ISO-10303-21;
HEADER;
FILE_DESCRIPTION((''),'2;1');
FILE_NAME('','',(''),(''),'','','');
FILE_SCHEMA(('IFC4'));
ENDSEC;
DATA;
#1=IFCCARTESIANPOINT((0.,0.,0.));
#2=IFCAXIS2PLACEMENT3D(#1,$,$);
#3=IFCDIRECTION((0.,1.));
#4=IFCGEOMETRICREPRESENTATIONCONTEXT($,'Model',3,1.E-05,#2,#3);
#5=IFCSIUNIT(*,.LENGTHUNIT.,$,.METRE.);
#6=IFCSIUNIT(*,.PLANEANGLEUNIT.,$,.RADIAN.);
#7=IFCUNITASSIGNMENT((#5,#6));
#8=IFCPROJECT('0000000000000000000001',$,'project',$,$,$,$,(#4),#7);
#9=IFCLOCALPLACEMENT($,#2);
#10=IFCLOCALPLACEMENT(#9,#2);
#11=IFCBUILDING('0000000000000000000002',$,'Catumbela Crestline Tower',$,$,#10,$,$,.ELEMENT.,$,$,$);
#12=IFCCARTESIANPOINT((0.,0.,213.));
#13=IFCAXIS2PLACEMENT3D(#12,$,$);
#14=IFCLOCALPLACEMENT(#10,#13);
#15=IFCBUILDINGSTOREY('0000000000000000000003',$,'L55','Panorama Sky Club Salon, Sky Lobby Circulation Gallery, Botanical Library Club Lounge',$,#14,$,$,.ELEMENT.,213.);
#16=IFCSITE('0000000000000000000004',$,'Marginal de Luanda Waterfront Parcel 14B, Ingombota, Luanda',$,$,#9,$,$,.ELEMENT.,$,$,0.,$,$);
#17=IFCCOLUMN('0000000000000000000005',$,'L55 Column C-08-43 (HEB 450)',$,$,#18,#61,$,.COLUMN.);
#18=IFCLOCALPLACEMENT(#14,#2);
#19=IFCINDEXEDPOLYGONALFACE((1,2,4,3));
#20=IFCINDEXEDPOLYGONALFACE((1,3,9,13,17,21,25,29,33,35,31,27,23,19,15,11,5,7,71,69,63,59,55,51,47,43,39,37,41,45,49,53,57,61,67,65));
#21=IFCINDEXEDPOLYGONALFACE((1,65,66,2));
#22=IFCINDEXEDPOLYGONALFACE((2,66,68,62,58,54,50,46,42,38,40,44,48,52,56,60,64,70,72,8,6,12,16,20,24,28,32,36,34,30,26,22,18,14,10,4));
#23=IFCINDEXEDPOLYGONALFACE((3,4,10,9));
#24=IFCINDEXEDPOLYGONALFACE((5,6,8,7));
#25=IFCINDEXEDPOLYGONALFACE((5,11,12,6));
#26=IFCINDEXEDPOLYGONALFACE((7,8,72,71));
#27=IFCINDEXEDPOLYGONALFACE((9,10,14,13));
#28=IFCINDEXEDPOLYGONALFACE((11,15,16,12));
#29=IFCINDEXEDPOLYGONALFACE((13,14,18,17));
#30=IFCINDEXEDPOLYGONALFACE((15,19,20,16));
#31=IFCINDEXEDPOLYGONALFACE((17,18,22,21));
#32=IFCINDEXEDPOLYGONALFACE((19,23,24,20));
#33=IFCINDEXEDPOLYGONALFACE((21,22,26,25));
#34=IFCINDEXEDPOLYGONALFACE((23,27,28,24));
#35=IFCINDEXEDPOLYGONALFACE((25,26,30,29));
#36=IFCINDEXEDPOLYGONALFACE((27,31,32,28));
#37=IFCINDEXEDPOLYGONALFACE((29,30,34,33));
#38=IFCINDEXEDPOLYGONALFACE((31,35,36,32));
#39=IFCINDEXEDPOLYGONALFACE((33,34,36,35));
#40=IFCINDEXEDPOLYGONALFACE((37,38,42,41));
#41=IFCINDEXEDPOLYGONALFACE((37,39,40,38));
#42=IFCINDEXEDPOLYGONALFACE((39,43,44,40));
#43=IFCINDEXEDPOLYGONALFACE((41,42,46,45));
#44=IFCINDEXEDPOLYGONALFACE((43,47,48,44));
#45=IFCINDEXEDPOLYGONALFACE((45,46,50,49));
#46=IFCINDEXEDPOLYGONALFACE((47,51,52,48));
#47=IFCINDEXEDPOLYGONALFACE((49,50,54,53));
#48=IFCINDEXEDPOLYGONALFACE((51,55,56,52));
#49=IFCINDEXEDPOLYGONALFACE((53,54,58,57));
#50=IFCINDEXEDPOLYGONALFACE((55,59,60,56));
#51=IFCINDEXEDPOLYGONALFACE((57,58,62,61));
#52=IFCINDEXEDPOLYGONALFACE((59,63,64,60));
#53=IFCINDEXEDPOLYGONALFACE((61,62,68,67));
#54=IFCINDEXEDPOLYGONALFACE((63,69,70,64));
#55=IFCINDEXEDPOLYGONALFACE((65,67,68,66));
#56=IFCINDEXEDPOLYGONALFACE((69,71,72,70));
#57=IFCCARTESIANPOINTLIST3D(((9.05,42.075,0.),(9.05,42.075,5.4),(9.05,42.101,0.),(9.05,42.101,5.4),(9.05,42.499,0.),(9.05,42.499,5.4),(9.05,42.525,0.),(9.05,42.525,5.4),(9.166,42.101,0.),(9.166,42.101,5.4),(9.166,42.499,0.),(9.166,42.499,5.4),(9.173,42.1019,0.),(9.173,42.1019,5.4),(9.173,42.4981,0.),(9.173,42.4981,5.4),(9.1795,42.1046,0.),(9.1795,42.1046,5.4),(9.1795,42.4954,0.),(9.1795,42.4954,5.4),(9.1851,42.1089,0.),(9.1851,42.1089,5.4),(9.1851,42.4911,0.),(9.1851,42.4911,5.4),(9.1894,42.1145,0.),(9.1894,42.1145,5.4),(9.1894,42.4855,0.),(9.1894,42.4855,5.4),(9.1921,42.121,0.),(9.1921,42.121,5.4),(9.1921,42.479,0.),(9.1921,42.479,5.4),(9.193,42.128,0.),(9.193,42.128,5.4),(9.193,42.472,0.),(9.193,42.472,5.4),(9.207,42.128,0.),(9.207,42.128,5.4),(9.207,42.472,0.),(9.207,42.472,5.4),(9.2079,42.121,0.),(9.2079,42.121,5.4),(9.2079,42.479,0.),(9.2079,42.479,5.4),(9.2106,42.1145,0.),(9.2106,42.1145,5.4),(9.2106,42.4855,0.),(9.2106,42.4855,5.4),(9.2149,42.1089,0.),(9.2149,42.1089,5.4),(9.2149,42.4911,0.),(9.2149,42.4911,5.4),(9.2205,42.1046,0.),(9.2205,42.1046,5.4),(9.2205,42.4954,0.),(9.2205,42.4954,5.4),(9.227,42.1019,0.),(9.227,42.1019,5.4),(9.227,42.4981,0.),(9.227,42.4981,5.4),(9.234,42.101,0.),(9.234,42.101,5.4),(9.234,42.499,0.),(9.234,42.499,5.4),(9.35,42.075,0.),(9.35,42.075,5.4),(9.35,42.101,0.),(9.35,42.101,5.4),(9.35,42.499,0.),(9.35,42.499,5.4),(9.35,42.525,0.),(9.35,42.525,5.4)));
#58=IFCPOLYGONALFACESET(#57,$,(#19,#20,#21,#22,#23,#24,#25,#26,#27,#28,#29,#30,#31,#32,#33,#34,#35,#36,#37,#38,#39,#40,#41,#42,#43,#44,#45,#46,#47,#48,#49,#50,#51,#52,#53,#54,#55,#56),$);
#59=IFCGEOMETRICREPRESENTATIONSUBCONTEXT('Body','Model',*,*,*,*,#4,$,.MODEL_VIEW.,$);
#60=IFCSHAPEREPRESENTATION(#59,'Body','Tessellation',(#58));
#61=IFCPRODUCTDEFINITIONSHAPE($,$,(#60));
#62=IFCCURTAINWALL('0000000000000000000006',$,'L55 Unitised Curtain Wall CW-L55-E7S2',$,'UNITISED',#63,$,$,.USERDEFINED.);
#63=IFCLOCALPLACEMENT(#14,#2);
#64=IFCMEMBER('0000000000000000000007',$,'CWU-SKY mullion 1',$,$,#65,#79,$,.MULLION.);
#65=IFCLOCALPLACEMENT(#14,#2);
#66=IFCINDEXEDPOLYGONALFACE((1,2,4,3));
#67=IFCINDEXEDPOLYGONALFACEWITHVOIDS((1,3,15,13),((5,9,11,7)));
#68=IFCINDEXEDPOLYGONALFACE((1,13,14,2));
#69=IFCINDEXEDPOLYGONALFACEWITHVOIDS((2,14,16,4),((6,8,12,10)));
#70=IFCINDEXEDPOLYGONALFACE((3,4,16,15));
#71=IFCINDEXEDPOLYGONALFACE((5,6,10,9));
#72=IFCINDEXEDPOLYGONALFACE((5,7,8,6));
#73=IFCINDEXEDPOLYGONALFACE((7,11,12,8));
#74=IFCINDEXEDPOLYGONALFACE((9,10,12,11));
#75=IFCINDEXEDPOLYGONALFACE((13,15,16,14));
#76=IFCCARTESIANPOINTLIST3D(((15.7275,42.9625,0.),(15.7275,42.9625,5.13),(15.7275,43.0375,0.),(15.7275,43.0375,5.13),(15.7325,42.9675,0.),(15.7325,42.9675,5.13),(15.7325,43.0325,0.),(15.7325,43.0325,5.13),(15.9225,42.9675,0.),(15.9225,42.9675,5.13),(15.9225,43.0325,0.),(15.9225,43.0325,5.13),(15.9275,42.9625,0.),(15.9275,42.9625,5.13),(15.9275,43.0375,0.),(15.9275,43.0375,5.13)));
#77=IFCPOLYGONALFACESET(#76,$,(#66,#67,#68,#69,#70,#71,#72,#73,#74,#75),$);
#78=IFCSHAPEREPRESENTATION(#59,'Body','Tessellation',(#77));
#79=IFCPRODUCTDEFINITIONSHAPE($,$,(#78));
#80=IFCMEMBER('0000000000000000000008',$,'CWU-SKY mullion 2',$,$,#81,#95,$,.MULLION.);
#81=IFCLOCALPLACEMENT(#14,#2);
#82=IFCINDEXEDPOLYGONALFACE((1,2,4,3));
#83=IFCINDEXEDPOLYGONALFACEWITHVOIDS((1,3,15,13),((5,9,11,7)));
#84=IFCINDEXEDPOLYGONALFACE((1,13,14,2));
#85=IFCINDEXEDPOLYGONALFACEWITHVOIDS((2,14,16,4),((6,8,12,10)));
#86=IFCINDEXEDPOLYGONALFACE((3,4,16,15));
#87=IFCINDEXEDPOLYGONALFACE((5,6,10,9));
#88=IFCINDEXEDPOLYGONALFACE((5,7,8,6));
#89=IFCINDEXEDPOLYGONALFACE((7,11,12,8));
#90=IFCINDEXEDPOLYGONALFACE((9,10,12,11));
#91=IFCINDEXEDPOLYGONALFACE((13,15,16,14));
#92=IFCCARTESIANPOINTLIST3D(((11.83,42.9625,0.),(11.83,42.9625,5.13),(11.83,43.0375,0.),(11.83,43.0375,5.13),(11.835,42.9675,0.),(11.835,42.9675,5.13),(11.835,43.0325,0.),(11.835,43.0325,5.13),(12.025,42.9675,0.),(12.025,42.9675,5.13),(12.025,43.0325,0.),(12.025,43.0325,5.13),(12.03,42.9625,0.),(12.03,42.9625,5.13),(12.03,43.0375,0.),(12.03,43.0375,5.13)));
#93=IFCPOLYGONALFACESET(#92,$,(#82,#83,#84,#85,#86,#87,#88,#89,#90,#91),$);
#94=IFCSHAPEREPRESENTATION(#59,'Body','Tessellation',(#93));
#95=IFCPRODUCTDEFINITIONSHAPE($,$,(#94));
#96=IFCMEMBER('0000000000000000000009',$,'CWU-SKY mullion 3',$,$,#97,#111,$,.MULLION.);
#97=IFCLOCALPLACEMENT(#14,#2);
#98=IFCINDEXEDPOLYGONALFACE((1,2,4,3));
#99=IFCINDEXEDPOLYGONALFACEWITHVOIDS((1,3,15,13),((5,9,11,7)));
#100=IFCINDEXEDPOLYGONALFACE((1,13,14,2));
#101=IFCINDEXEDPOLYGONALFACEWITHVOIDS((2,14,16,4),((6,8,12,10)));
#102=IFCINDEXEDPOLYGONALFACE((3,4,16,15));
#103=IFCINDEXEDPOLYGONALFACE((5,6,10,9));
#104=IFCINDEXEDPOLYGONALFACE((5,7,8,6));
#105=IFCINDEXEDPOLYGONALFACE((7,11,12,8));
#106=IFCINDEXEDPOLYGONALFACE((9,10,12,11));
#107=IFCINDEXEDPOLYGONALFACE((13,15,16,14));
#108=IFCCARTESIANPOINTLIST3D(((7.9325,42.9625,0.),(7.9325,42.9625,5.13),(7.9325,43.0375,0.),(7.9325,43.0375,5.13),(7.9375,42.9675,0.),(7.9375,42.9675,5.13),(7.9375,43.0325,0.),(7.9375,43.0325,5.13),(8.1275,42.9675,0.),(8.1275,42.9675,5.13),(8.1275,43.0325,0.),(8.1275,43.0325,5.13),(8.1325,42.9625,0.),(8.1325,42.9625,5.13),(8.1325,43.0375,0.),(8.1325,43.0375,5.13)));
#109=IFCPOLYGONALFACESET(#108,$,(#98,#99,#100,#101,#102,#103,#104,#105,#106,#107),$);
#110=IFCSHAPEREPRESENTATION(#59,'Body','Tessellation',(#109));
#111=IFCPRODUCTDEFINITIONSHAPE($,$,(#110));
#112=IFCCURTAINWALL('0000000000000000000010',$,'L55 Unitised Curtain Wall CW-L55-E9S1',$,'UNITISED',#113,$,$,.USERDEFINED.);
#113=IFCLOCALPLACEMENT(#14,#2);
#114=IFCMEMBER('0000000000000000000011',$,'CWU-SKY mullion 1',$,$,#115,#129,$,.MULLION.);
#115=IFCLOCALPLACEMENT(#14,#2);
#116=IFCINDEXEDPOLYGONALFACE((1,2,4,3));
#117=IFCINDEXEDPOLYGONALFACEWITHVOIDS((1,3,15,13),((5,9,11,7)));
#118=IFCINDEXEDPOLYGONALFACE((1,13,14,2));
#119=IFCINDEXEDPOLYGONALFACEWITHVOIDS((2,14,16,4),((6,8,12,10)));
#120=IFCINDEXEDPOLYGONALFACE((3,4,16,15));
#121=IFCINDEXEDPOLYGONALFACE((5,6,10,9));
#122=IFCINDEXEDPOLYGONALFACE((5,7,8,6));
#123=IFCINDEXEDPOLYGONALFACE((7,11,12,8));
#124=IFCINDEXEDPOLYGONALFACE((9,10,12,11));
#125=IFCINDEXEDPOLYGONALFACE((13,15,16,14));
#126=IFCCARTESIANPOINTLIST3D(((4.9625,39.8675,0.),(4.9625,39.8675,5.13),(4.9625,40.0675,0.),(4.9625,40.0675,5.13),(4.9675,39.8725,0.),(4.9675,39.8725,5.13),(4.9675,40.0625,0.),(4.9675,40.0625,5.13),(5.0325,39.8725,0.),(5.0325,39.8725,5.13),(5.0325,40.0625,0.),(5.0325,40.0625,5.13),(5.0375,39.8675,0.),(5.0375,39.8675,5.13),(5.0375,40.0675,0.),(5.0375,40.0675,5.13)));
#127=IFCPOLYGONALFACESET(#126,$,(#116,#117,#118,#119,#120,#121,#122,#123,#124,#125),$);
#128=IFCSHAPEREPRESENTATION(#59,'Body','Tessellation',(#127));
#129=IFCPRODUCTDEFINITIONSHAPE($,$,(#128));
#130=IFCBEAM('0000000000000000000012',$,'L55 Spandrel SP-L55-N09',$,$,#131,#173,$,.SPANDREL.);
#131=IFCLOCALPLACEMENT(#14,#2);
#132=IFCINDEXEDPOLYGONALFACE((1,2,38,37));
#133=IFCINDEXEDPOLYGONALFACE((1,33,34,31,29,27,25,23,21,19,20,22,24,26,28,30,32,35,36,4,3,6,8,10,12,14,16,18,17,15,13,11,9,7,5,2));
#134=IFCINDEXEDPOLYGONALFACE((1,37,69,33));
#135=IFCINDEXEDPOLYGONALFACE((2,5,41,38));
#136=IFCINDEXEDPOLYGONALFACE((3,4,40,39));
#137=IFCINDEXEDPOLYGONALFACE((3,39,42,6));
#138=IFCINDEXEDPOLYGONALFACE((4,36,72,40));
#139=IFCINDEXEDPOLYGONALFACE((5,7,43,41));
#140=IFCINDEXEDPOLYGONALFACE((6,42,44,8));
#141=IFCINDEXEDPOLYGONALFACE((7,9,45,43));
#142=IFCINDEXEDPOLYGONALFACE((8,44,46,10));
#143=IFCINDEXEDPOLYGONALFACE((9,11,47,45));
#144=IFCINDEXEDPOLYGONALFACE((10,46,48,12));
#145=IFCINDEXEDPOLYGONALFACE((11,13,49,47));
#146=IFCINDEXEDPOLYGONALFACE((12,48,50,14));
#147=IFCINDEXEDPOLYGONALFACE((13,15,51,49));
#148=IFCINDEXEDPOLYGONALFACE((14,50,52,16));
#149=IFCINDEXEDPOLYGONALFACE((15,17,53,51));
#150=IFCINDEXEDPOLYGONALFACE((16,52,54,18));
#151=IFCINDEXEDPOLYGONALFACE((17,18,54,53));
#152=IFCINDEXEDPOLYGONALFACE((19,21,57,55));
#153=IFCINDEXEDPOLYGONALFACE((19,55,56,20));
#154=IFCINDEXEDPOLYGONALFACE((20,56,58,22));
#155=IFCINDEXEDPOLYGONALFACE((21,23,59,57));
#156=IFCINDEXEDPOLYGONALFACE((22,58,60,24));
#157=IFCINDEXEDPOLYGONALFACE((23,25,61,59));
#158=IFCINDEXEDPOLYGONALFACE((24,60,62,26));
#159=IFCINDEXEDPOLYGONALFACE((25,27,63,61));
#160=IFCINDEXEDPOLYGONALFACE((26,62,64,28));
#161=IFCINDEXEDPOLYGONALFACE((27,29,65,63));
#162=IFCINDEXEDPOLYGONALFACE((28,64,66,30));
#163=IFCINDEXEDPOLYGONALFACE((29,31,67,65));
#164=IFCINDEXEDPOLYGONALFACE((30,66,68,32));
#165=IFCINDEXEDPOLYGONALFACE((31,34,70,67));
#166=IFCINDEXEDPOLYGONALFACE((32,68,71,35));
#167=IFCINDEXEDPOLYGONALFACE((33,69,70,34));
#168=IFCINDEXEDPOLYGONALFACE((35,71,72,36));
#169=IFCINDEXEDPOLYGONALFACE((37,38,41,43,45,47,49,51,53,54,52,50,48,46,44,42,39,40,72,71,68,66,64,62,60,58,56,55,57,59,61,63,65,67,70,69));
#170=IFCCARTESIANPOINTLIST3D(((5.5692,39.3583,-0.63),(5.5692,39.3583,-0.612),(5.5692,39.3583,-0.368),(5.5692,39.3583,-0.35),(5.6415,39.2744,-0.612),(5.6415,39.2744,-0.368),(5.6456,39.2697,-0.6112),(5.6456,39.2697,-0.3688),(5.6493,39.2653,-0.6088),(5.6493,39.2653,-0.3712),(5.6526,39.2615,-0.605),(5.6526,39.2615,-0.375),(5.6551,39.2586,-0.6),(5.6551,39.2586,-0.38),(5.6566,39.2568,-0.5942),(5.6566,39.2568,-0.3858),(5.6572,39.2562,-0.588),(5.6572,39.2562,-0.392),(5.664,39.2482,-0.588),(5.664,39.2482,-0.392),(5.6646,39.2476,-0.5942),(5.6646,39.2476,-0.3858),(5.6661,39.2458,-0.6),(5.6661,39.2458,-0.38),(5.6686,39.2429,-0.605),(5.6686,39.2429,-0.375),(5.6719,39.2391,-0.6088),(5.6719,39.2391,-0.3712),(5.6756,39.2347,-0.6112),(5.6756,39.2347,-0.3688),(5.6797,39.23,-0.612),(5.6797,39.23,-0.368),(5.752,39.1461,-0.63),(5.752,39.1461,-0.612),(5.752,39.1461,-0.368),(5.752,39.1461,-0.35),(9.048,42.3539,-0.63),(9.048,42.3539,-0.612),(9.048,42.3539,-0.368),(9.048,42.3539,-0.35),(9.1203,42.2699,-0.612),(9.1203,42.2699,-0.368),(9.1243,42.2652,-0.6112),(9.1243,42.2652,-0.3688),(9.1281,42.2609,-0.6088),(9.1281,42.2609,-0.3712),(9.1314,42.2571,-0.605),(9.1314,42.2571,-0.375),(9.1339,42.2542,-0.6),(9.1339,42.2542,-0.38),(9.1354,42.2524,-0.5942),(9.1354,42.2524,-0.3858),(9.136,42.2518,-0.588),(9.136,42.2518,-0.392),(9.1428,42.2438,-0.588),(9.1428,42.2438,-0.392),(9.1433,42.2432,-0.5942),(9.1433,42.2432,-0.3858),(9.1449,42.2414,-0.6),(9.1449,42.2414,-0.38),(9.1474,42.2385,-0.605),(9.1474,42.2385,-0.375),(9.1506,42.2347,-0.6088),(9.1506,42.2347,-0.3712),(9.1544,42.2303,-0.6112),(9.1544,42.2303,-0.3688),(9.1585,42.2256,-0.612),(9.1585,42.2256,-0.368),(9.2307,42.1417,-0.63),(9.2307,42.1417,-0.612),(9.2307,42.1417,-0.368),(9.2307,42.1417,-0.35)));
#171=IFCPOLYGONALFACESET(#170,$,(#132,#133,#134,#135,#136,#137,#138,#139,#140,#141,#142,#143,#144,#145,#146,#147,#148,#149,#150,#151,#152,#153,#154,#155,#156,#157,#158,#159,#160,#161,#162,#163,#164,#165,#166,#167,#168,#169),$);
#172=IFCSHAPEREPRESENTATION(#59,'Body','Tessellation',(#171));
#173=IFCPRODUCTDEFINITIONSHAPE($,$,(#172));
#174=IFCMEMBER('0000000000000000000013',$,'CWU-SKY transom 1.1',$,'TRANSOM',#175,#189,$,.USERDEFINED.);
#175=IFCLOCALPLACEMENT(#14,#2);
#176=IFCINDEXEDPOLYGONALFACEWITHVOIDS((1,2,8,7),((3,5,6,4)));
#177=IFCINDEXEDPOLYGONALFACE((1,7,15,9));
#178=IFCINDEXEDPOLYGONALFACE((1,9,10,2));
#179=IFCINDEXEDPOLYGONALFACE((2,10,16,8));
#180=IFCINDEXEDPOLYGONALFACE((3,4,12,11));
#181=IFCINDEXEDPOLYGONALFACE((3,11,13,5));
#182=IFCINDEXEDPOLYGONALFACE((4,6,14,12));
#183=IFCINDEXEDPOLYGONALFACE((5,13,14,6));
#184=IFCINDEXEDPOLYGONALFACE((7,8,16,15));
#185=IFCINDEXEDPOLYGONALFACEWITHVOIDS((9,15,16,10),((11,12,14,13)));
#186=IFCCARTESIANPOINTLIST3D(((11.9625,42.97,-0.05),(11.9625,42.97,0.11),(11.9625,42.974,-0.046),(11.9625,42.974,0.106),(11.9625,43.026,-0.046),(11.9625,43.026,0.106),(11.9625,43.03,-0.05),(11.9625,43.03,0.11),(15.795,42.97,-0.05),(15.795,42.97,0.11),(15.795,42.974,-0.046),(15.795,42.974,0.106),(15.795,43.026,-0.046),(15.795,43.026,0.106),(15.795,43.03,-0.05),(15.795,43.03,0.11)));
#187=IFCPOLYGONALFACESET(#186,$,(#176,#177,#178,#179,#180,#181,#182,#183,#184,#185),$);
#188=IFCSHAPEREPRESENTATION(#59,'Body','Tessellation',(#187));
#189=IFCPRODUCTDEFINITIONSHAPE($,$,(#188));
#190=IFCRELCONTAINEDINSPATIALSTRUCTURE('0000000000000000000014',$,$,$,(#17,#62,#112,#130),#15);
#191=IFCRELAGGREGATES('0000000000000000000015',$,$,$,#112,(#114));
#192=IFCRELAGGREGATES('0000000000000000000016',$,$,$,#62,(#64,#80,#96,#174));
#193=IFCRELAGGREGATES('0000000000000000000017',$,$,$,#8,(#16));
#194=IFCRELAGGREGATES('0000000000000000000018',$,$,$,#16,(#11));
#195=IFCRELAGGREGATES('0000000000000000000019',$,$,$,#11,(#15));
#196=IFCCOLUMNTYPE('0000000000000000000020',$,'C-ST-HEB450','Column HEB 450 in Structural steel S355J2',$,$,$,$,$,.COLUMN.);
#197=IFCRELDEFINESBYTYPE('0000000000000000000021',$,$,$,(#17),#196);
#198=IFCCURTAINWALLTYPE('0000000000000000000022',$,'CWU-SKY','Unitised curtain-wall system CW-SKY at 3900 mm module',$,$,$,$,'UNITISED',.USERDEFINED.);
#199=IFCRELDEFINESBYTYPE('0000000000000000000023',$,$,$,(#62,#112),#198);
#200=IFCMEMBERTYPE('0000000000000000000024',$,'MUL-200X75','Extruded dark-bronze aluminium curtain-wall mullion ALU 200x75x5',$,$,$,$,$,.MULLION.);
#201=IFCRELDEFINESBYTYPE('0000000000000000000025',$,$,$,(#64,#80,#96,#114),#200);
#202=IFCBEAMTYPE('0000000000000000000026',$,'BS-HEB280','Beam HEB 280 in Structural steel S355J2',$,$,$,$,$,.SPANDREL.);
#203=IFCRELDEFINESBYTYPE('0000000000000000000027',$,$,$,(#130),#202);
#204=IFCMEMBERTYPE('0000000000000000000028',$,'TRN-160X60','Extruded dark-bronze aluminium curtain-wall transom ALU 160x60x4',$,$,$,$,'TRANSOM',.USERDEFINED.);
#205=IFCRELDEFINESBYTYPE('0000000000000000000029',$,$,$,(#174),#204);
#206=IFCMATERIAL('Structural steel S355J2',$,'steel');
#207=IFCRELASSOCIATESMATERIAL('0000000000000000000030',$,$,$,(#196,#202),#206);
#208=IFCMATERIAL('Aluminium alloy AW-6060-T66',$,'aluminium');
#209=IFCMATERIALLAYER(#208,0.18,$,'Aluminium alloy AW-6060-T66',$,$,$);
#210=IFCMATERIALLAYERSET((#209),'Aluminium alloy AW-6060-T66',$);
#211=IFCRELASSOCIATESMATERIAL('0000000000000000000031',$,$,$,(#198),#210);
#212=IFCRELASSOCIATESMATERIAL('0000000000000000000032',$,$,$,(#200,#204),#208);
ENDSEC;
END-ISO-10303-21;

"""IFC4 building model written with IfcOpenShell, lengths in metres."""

from ifc_helpers import new_model, si_unit, direction, frame, origin, origin_2d, place, context, subcontext, project, spatial, hollow_rectangle, i_section, extrude, material, layer, layer_set, material_profile, profile_set, type_object, element, aggregate, save


model = new_model("IFC4")

# Units and contexts
model_context = context("Model", 3, precision=1e-05, world=origin(), true_north=direction((0.0, 1.0)))
body_context = subcontext(model_context, "Body", "Model", "MODEL_VIEW")
ifc_project = project(units=[si_unit("LENGTHUNIT", "METRE"), si_unit("PLANEANGLEUNIT", "RADIAN")], contexts=[model_context])

# Site, building, storey
site_placement = place(None, origin())
site = spatial("IfcSite", under=ifc_project, at=site_placement, Name="Marginal de Luanda Waterfront Parcel 14B, Ingombota, Luanda", CompositionType="ELEMENT", RefElevation=0.0)
building_placement = place(site_placement, origin())
building = spatial("IfcBuilding", under=site, at=building_placement, Name="Catumbela Crestline Tower", CompositionType="ELEMENT")
storey_placement = place(building_placement, frame((0.0, 0.0, 213.0)))
storey = spatial("IfcBuildingStorey", under=building, at=storey_placement, Name="L55", Description="Panorama Sky Club Salon, Sky Lobby Circulation Gallery, Botanical Library Club Lounge", CompositionType="ELEMENT", Elevation=213.0)

# Column
ifc_material_1 = material(Name="Structural steel S355J2", Category="steel")
ifc_material_profile_1 = material_profile(ifc_material_1, i_section(OverallWidth=0.3, OverallDepth=0.45, WebThickness=0.014, FlangeThickness=0.026, FilletRadius=0.027, at=origin_2d()), Name="HEB 450")
ifc_profile_set_1 = profile_set([ifc_material_profile_1], Name="Structural steel S355J2")
column_type = type_object("IfcColumnType", Name="C-ST-HEB450", Description="Column HEB 450 in Structural steel S355J2", PredefinedType="COLUMN", material=ifc_profile_set_1)
column_placement = place(storey_placement, frame((9.2, 42.3, 0.0), z_axis=(0.0, 0.0, 1.0), x_axis=(1.0, 0.0, 0.0)))
element("IfcColumn", 1, at=column_placement, inside=storey, type_object=column_type, Name="L55 Column C-08-43 (HEB 450)", PredefinedType="COLUMN", context=body_context, shape_type="SweptSolid", body=[
    extrude(i_section(OverallWidth=0.3, OverallDepth=0.45, WebThickness=0.014, FlangeThickness=0.026, FilletRadius=0.027, at=origin_2d()), origin(), (0.0, 0.0, 1.0), 5.4),
])

# Curtain wall, members
ifc_material_2 = material(Name="Aluminium alloy AW-6060-T66", Category="aluminium")
ifc_layer_1 = layer(ifc_material_2, 0.18, Name="Aluminium alloy AW-6060-T66")
ifc_layer_set_1 = layer_set([ifc_layer_1], Name="Aluminium alloy AW-6060-T66")
curtain_wall_type = type_object("IfcCurtainWallType", Name="CWU-SKY", Description="Unitised curtain-wall system CW-SKY at 3900 mm module", ElementType="UNITISED", PredefinedType="USERDEFINED", material=ifc_layer_set_1)
curtain_wall_1_placement = place(storey_placement, origin())
curtain_wall_1 = element("IfcCurtainWall", 2, at=curtain_wall_1_placement, inside=storey, type_object=curtain_wall_type, Name="L55 Unitised Curtain Wall CW-L55-E7S2", ObjectType="UNITISED", PredefinedType="USERDEFINED")
ifc_material_profile_2 = material_profile(ifc_material_2, hollow_rectangle(XDim=0.075, YDim=0.2, WallThickness=0.005, at=origin_2d()), Name="ALU 200x75x5")
ifc_profile_set_2 = profile_set([ifc_material_profile_2], Name="Aluminium alloy AW-6060-T66")
member_type_1 = type_object("IfcMemberType", Name="MUL-200X75", Description="Extruded dark-bronze aluminium curtain-wall mullion ALU 200x75x5", PredefinedType="MULLION", material=ifc_profile_set_2)
member_1_placement = place(storey_placement, frame((15.8275, 43.0, 0.0), z_axis=(0.0, 0.0, 1.0), x_axis=(0.0, -1.0, 0.0)))
member_1 = element("IfcMember", 3, at=member_1_placement, type_object=member_type_1, Name="CWU-SKY mullion 1", PredefinedType="MULLION", context=body_context, shape_type="SweptSolid", body=[
    extrude(hollow_rectangle(XDim=0.075, YDim=0.2, WallThickness=0.005, at=origin_2d()), origin(), (0.0, 0.0, 1.0), 5.13),
])
member_2_placement = place(storey_placement, frame((11.93, 43.0, 0.0), z_axis=(0.0, 0.0, 1.0), x_axis=(0.0, -1.0, 0.0)))
member_2 = element("IfcMember", 4, at=member_2_placement, type_object=member_type_1, Name="CWU-SKY mullion 2", PredefinedType="MULLION", context=body_context, shape_type="SweptSolid", body=[
    extrude(hollow_rectangle(XDim=0.075, YDim=0.2, WallThickness=0.005, at=origin_2d()), origin(), (0.0, 0.0, 1.0), 5.13),
])
member_3_placement = place(storey_placement, frame((8.0325, 43.0, 0.0), z_axis=(0.0, 0.0, 1.0), x_axis=(0.0, -1.0, 0.0)))
member_3 = element("IfcMember", 5, at=member_3_placement, type_object=member_type_1, Name="CWU-SKY mullion 3", PredefinedType="MULLION", context=body_context, shape_type="SweptSolid", body=[
    extrude(hollow_rectangle(XDim=0.075, YDim=0.2, WallThickness=0.005, at=origin_2d()), origin(), (0.0, 0.0, 1.0), 5.13),
])

# Curtain wall, member
curtain_wall_2_placement = place(storey_placement, origin())
curtain_wall_2 = element("IfcCurtainWall", 6, at=curtain_wall_2_placement, inside=storey, type_object=curtain_wall_type, Name="L55 Unitised Curtain Wall CW-L55-E9S1", ObjectType="UNITISED", PredefinedType="USERDEFINED")
member_4_placement = place(storey_placement, frame((5.0, 39.9675, 0.0), z_axis=(0.0, 0.0, 1.0), x_axis=(1.0, 0.0, 0.0)))
member_4 = element("IfcMember", 7, at=member_4_placement, type_object=member_type_1, Name="CWU-SKY mullion 1", PredefinedType="MULLION", context=body_context, shape_type="SweptSolid", body=[
    extrude(hollow_rectangle(XDim=0.075, YDim=0.2, WallThickness=0.005, at=origin_2d()), origin(), (0.0, 0.0, 1.0), 5.13),
])

# Beam
ifc_material_profile_3 = material_profile(ifc_material_1, i_section(OverallWidth=0.28, OverallDepth=0.28, WebThickness=0.0105, FlangeThickness=0.018, FilletRadius=0.024, at=origin_2d()), Name="HEB 280")
ifc_profile_set_3 = profile_set([ifc_material_profile_3], Name="Structural steel S355J2")
beam_type = type_object("IfcBeamType", Name="BS-HEB280", Description="Beam HEB 280 in Structural steel S355J2", PredefinedType="SPANDREL", material=ifc_profile_set_3)
beam_placement = place(storey_placement, frame((5.6606, 39.2522, -0.49), z_axis=(0.757772, 0.652519, 0.0), x_axis=(-0.652519, 0.757772, 0.0)))
element("IfcBeam", 8, at=beam_placement, inside=storey, type_object=beam_type, Name="L55 Spandrel SP-L55-N09", PredefinedType="SPANDREL", context=body_context, shape_type="SweptSolid", body=[
    extrude(i_section(OverallWidth=0.28, OverallDepth=0.28, WebThickness=0.0105, FlangeThickness=0.018, FilletRadius=0.024, at=origin_2d()), origin(), (0.0, 0.0, 1.0), 4.5908),
])

# Member
ifc_material_profile_4 = material_profile(ifc_material_2, hollow_rectangle(XDim=0.06, YDim=0.16, WallThickness=0.004, at=origin_2d()), Name="ALU 160x60x4")
ifc_profile_set_4 = profile_set([ifc_material_profile_4], Name="Aluminium alloy AW-6060-T66")
member_type_2 = type_object("IfcMemberType", Name="TRN-160X60", Description="Extruded dark-bronze aluminium curtain-wall transom ALU 160x60x4", ElementType="TRANSOM", PredefinedType="USERDEFINED", material=ifc_profile_set_4)
member_5_placement = place(storey_placement, frame((15.795, 43.0, 0.03), z_axis=(-1.0, 0.0, 0.0), x_axis=(0.0, -1.0, 0.0)))
member_5 = element("IfcMember", 9, at=member_5_placement, type_object=member_type_2, Name="CWU-SKY transom 1.1", ObjectType="TRANSOM", PredefinedType="USERDEFINED", context=body_context, shape_type="SweptSolid", body=[
    extrude(hollow_rectangle(XDim=0.06, YDim=0.16, WallThickness=0.004, at=origin_2d()), origin(), (0.0, 0.0, 1.0), 3.8325),
])
aggregate(curtain_wall_2, [member_4])

aggregate(curtain_wall_1, [member_1, member_2, member_3, member_5])

save(model, "model.ifc")
